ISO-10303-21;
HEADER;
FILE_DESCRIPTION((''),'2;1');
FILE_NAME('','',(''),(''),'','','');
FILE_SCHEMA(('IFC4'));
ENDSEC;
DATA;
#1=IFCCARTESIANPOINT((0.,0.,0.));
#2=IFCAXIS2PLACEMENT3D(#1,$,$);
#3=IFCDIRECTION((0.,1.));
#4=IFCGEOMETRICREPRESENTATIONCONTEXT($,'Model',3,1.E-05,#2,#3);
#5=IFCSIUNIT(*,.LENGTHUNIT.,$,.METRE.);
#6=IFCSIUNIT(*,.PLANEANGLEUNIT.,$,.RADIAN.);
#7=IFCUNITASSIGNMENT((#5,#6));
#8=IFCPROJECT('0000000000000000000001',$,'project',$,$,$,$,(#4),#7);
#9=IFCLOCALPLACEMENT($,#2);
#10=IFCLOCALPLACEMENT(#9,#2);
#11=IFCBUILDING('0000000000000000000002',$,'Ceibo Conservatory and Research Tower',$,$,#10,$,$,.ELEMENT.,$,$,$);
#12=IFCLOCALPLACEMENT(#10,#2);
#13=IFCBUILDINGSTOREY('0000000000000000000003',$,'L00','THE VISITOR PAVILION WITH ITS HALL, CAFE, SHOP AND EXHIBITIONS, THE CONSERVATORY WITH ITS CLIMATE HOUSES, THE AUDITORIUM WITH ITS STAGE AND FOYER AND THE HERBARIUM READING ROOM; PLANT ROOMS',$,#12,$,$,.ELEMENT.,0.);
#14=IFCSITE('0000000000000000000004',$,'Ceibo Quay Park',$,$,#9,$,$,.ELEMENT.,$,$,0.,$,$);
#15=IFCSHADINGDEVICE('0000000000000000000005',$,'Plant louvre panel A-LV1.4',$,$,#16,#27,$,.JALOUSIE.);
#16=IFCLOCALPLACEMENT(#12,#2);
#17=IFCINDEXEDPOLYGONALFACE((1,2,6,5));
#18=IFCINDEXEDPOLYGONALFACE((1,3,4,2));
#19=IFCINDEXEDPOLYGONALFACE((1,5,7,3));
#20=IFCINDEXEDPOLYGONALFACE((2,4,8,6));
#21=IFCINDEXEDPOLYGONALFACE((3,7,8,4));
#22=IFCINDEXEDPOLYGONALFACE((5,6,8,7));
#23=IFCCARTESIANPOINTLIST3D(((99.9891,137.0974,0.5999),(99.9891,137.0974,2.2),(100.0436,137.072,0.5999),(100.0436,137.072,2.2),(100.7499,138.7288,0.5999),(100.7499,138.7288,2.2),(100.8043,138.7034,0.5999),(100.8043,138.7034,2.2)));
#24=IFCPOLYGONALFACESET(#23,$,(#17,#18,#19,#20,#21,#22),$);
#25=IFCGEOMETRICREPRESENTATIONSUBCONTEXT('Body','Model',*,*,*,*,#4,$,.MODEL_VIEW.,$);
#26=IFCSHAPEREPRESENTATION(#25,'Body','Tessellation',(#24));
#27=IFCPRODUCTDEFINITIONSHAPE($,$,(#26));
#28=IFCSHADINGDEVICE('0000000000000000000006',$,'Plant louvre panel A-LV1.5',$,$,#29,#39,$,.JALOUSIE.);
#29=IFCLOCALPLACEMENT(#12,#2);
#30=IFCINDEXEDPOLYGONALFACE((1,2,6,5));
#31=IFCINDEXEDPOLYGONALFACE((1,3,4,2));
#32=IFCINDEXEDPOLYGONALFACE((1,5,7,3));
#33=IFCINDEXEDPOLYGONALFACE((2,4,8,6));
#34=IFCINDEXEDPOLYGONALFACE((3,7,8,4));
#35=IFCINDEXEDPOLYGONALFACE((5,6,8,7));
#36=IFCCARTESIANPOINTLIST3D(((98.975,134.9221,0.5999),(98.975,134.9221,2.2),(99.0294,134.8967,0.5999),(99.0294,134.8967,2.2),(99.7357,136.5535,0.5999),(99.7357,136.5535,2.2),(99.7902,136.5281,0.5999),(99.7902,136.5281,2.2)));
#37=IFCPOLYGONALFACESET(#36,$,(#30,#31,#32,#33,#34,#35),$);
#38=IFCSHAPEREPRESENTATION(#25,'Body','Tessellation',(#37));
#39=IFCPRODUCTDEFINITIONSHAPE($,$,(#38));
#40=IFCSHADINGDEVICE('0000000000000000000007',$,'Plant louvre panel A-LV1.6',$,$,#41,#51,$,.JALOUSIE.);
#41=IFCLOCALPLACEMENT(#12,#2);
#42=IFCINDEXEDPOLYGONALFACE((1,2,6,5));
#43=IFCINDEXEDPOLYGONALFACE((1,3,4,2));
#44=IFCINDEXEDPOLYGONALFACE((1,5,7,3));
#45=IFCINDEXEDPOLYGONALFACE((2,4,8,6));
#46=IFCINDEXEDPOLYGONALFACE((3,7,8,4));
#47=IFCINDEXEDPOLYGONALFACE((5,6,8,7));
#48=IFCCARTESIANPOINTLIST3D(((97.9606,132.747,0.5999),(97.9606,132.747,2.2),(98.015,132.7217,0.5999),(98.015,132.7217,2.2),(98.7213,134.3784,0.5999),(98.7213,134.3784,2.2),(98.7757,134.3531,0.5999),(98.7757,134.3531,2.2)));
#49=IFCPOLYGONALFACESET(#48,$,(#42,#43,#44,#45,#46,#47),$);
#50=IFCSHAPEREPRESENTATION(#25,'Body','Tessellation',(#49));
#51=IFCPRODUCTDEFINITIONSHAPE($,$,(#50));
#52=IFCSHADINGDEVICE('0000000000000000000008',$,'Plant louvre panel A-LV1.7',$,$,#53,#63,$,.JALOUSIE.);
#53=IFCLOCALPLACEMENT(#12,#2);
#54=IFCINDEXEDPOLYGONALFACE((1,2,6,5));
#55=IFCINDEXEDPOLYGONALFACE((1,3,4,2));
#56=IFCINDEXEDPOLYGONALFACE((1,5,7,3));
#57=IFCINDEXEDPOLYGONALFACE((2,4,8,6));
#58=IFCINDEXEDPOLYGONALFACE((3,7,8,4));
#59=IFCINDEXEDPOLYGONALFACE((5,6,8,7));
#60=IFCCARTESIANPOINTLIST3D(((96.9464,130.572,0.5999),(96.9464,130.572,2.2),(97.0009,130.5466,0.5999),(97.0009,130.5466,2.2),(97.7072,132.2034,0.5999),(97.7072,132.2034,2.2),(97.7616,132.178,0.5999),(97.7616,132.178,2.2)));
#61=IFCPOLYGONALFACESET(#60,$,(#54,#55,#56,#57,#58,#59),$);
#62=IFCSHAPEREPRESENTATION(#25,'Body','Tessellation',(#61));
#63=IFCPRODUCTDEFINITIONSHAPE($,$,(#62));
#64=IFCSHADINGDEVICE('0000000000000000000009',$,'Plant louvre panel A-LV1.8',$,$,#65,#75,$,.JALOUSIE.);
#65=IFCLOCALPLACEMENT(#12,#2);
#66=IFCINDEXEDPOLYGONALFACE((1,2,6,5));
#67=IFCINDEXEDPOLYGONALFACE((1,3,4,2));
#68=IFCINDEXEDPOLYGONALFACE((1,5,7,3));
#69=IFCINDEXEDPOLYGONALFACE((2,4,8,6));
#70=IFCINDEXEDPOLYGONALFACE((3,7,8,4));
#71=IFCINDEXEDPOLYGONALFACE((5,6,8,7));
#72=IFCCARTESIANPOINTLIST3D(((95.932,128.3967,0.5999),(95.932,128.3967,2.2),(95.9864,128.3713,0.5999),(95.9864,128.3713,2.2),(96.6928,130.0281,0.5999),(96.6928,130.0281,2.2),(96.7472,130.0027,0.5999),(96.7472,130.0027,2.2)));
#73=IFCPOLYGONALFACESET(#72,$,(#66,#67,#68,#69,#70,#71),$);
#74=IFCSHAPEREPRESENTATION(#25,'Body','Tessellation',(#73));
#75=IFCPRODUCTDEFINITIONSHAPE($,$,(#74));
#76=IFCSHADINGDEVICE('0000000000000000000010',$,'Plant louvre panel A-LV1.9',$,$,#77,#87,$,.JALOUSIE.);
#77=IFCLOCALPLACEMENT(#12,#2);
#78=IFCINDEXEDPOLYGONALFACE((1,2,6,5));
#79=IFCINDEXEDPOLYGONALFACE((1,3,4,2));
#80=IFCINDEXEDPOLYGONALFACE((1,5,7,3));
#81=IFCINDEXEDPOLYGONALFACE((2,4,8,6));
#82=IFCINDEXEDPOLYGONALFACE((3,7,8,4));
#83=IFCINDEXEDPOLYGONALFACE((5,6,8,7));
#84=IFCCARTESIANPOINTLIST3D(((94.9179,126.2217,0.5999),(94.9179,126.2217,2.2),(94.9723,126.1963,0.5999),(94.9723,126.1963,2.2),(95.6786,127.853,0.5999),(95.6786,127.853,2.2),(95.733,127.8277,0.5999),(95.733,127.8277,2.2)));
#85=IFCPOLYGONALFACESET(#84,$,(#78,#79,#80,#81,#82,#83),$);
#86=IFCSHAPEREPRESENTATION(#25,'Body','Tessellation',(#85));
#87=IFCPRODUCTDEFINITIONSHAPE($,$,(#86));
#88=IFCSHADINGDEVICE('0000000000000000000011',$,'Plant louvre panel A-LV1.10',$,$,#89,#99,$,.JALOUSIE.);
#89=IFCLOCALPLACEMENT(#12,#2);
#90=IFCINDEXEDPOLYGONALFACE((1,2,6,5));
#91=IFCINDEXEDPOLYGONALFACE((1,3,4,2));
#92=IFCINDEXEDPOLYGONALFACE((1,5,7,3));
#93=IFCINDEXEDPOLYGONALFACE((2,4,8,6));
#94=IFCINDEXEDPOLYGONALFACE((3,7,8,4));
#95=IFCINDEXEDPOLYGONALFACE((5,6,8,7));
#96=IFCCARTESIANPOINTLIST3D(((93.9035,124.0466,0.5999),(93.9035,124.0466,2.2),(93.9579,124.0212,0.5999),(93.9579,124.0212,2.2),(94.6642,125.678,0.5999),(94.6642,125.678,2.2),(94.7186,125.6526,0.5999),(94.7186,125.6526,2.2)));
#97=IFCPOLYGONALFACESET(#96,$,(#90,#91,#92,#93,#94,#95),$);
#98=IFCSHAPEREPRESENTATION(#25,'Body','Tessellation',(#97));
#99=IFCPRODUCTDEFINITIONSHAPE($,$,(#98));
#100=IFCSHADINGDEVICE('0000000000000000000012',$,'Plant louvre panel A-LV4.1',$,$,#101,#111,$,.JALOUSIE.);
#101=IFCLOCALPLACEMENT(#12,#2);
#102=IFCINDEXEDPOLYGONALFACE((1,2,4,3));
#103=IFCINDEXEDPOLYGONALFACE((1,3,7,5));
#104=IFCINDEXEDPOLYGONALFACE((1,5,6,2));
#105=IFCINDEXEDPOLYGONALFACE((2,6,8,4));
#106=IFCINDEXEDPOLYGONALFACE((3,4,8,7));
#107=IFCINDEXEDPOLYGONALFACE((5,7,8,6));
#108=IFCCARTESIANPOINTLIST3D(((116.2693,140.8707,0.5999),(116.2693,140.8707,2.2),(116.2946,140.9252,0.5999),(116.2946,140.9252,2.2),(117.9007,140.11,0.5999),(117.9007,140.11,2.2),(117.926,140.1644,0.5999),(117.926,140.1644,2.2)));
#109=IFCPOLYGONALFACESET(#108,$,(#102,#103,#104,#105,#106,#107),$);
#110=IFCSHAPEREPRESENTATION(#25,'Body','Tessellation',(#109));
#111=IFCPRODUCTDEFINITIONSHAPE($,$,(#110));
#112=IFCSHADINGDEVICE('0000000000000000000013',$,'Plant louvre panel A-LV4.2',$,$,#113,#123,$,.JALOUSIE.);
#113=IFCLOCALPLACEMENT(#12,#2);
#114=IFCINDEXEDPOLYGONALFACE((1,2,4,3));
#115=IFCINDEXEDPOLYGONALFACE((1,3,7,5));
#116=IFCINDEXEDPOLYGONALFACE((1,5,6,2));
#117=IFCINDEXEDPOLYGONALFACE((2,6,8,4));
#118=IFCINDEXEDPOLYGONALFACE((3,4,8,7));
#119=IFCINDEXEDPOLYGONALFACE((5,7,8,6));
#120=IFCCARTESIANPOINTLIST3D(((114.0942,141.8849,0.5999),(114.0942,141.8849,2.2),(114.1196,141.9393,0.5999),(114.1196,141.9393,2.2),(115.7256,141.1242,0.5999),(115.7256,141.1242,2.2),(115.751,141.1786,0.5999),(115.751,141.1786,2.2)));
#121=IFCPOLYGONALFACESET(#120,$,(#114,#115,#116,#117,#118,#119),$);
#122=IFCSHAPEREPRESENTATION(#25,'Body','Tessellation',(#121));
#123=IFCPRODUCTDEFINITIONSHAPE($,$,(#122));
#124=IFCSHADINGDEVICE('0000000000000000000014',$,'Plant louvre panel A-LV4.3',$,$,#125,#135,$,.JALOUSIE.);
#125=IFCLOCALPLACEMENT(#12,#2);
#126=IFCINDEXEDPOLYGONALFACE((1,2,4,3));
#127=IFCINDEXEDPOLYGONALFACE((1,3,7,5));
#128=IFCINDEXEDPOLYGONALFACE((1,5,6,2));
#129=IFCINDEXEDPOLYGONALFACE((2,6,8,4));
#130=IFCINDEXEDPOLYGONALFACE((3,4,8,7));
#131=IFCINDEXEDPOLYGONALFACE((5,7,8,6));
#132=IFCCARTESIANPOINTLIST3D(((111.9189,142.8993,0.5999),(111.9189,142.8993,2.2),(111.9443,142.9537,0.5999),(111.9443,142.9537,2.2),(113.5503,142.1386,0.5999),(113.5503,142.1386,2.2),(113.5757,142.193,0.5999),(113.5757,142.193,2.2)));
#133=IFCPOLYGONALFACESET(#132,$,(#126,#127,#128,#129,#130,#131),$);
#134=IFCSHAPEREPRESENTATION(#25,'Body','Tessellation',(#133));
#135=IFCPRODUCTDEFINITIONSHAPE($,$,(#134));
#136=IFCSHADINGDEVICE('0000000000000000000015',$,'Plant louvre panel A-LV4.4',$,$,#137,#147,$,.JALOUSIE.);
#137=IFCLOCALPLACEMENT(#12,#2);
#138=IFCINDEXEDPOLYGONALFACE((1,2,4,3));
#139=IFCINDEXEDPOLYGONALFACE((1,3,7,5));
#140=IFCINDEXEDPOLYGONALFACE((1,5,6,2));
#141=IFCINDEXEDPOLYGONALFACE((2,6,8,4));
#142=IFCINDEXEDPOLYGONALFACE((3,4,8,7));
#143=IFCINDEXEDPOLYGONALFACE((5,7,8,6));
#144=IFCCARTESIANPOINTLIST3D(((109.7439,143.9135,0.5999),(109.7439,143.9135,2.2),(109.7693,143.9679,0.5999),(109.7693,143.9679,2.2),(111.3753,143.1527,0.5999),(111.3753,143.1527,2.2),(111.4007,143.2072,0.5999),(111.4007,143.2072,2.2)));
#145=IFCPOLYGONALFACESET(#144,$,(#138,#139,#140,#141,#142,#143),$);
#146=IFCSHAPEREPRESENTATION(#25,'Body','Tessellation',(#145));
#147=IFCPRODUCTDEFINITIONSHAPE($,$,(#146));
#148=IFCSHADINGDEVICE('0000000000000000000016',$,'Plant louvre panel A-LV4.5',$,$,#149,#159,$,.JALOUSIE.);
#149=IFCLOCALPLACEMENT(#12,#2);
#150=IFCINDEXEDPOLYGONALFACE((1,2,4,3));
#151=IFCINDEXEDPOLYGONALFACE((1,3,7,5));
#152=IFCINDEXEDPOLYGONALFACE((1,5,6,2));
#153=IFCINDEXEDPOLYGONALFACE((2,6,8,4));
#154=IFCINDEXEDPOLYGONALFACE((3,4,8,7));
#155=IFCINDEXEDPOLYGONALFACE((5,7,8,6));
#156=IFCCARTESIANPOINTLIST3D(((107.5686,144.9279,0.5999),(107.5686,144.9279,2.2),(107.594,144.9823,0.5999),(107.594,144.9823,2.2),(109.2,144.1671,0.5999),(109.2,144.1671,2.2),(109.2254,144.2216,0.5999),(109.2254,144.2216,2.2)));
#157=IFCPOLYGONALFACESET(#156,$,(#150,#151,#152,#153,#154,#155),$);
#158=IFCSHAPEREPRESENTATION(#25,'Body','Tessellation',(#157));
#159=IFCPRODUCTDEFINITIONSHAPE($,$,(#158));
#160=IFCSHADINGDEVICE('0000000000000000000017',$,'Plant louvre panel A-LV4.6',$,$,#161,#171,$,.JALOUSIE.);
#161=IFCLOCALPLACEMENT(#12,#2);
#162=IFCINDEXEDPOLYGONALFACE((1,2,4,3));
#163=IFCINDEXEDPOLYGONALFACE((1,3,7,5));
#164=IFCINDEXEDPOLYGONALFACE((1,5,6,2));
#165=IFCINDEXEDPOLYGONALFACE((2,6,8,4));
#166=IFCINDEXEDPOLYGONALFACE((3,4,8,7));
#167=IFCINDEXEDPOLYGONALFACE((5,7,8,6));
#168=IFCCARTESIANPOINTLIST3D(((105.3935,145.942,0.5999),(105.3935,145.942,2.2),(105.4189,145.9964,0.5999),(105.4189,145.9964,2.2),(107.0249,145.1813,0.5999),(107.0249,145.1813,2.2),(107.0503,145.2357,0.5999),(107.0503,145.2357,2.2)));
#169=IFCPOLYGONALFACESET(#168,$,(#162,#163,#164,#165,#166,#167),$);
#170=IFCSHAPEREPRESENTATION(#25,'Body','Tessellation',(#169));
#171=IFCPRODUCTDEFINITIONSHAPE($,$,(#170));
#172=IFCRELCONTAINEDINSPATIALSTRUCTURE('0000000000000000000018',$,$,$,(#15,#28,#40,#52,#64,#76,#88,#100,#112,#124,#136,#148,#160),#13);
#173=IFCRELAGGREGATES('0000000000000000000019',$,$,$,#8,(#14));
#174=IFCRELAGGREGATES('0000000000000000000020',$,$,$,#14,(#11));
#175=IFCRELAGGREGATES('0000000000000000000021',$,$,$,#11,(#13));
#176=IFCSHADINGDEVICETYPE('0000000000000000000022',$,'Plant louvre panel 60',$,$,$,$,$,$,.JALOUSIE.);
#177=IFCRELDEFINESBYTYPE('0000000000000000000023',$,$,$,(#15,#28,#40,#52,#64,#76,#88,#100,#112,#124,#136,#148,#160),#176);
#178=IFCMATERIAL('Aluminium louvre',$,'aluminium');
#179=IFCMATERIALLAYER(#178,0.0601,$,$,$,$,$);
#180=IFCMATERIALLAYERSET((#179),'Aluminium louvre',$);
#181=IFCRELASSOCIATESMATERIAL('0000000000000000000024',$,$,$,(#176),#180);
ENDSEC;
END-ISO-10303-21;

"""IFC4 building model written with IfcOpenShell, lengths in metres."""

from ifc_helpers import new_model, si_unit, direction, frame, origin, origin_2d, place, context, subcontext, project, spatial, rectangle, extrude, material, layer, layer_set, type_object, element, save


model = new_model("IFC4")

# Units and contexts
model_context = context("Model", 3, precision=1e-05, world=origin(), true_north=direction((0.0, 1.0)))
body_context = subcontext(model_context, "Body", "Model", "MODEL_VIEW")
ifc_project = project(units=[si_unit("LENGTHUNIT", "METRE"), si_unit("PLANEANGLEUNIT", "RADIAN")], contexts=[model_context])

# Site, building, storey
site_placement = place(None, origin())
site = spatial("IfcSite", under=ifc_project, at=site_placement, Name="Ceibo Quay Park", CompositionType="ELEMENT", RefElevation=0.0)
building_placement = place(site_placement, origin())
building = spatial("IfcBuilding", under=site, at=building_placement, Name="Ceibo Conservatory and Research Tower", CompositionType="ELEMENT")
storey_placement = place(building_placement, origin())
storey = spatial("IfcBuildingStorey", under=building, at=storey_placement, Name="L00", Description="THE VISITOR PAVILION WITH ITS HALL, CAFE, SHOP AND EXHIBITIONS, THE CONSERVATORY WITH ITS CLIMATE HOUSES, THE AUDITORIUM WITH ITS STAGE AND FOYER AND THE HERBARIUM READING ROOM; PLANT ROOMS", CompositionType="ELEMENT", Elevation=0.0)

# Shading devices
ifc_material_1 = material(Name="Aluminium louvre", Category="aluminium")
ifc_layer_1 = layer(ifc_material_1, 0.0601)
ifc_layer_set_1 = layer_set([ifc_layer_1], Name="Aluminium louvre")
shading_device_type = type_object("IfcShadingDeviceType", Name="Plant louvre panel 60", PredefinedType="JALOUSIE", material=ifc_layer_set_1)
for number, where, z_axis, x_axis, name in (
    (1, (100.3967, 137.9004, 0.5999), (0.0, 0.0, 1.0), (-0.422618, -0.906308, 0.0), "Plant louvre panel A-LV1.4"),
    (2, (99.3826, 135.7251, 0.5999), (0.0, 0.0, 1.0), (-0.422618, -0.906308, 0.0), "Plant louvre panel A-LV1.5"),
    (3, (98.3682, 133.55, 0.5999), (0.0, 0.0, 1.0), (-0.422618, -0.906308, 0.0), "Plant louvre panel A-LV1.6"),
    (4, (97.354, 131.375, 0.5999), (0.0, 0.0, 1.0), (-0.422618, -0.906308, 0.0), "Plant louvre panel A-LV1.7"),
    (5, (96.3396, 129.1997, 0.5999), (0.0, 0.0, 1.0), (-0.422618, -0.906308, 0.0), "Plant louvre panel A-LV1.8"),
    (6, (95.3254, 127.0247, 0.5999), (0.0, 0.0, 1.0), (-0.422618, -0.906308, 0.0), "Plant louvre panel A-LV1.9"),
    (7, (94.311, 124.8496, 0.5999), (0.0, 0.0, 1.0), (-0.422618, -0.906308, 0.0), "Plant louvre panel A-LV1.10"),
    (8, (117.0977, 140.5176, 0.5999), (0.0, 0.0, 1.0), (-0.906308, 0.422618, 0.0), "Plant louvre panel A-LV4.1"),
    (9, (114.9226, 141.5317, 0.5999), (0.0, 0.0, 1.0), (-0.906308, 0.422618, 0.0), "Plant louvre panel A-LV4.2"),
    (10, (112.7473, 142.5461, 0.5999), (0.0, 0.0, 1.0), (-0.906308, 0.422618, 0.0), "Plant louvre panel A-LV4.3"),
    (11, (110.5723, 143.5603, 0.5999), (0.0, 0.0, 1.0), (-0.906308, 0.422618, 0.0), "Plant louvre panel A-LV4.4"),
    (12, (108.397, 144.5747, 0.5999), (0.0, 0.0, 1.0), (-0.906308, 0.422618, 0.0), "Plant louvre panel A-LV4.5"),
    (13, (106.2219, 145.5889, 0.5999), (0.0, 0.0, 1.0), (-0.906308, 0.422618, 0.0), "Plant louvre panel A-LV4.6"),
):
    element("IfcShadingDevice", number, at=place(storey_placement, frame(where, z_axis=z_axis, x_axis=x_axis)), inside=storey, type_object=shading_device_type, Name=name, PredefinedType="JALOUSIE", context=body_context, shape_type="SweptSolid", body=[
        extrude(rectangle(XDim=1.8, YDim=0.0601, at=origin_2d()), origin(), (0.0, 0.0, 1.0), 1.6001),
    ])

save(model, "model.ifc")
